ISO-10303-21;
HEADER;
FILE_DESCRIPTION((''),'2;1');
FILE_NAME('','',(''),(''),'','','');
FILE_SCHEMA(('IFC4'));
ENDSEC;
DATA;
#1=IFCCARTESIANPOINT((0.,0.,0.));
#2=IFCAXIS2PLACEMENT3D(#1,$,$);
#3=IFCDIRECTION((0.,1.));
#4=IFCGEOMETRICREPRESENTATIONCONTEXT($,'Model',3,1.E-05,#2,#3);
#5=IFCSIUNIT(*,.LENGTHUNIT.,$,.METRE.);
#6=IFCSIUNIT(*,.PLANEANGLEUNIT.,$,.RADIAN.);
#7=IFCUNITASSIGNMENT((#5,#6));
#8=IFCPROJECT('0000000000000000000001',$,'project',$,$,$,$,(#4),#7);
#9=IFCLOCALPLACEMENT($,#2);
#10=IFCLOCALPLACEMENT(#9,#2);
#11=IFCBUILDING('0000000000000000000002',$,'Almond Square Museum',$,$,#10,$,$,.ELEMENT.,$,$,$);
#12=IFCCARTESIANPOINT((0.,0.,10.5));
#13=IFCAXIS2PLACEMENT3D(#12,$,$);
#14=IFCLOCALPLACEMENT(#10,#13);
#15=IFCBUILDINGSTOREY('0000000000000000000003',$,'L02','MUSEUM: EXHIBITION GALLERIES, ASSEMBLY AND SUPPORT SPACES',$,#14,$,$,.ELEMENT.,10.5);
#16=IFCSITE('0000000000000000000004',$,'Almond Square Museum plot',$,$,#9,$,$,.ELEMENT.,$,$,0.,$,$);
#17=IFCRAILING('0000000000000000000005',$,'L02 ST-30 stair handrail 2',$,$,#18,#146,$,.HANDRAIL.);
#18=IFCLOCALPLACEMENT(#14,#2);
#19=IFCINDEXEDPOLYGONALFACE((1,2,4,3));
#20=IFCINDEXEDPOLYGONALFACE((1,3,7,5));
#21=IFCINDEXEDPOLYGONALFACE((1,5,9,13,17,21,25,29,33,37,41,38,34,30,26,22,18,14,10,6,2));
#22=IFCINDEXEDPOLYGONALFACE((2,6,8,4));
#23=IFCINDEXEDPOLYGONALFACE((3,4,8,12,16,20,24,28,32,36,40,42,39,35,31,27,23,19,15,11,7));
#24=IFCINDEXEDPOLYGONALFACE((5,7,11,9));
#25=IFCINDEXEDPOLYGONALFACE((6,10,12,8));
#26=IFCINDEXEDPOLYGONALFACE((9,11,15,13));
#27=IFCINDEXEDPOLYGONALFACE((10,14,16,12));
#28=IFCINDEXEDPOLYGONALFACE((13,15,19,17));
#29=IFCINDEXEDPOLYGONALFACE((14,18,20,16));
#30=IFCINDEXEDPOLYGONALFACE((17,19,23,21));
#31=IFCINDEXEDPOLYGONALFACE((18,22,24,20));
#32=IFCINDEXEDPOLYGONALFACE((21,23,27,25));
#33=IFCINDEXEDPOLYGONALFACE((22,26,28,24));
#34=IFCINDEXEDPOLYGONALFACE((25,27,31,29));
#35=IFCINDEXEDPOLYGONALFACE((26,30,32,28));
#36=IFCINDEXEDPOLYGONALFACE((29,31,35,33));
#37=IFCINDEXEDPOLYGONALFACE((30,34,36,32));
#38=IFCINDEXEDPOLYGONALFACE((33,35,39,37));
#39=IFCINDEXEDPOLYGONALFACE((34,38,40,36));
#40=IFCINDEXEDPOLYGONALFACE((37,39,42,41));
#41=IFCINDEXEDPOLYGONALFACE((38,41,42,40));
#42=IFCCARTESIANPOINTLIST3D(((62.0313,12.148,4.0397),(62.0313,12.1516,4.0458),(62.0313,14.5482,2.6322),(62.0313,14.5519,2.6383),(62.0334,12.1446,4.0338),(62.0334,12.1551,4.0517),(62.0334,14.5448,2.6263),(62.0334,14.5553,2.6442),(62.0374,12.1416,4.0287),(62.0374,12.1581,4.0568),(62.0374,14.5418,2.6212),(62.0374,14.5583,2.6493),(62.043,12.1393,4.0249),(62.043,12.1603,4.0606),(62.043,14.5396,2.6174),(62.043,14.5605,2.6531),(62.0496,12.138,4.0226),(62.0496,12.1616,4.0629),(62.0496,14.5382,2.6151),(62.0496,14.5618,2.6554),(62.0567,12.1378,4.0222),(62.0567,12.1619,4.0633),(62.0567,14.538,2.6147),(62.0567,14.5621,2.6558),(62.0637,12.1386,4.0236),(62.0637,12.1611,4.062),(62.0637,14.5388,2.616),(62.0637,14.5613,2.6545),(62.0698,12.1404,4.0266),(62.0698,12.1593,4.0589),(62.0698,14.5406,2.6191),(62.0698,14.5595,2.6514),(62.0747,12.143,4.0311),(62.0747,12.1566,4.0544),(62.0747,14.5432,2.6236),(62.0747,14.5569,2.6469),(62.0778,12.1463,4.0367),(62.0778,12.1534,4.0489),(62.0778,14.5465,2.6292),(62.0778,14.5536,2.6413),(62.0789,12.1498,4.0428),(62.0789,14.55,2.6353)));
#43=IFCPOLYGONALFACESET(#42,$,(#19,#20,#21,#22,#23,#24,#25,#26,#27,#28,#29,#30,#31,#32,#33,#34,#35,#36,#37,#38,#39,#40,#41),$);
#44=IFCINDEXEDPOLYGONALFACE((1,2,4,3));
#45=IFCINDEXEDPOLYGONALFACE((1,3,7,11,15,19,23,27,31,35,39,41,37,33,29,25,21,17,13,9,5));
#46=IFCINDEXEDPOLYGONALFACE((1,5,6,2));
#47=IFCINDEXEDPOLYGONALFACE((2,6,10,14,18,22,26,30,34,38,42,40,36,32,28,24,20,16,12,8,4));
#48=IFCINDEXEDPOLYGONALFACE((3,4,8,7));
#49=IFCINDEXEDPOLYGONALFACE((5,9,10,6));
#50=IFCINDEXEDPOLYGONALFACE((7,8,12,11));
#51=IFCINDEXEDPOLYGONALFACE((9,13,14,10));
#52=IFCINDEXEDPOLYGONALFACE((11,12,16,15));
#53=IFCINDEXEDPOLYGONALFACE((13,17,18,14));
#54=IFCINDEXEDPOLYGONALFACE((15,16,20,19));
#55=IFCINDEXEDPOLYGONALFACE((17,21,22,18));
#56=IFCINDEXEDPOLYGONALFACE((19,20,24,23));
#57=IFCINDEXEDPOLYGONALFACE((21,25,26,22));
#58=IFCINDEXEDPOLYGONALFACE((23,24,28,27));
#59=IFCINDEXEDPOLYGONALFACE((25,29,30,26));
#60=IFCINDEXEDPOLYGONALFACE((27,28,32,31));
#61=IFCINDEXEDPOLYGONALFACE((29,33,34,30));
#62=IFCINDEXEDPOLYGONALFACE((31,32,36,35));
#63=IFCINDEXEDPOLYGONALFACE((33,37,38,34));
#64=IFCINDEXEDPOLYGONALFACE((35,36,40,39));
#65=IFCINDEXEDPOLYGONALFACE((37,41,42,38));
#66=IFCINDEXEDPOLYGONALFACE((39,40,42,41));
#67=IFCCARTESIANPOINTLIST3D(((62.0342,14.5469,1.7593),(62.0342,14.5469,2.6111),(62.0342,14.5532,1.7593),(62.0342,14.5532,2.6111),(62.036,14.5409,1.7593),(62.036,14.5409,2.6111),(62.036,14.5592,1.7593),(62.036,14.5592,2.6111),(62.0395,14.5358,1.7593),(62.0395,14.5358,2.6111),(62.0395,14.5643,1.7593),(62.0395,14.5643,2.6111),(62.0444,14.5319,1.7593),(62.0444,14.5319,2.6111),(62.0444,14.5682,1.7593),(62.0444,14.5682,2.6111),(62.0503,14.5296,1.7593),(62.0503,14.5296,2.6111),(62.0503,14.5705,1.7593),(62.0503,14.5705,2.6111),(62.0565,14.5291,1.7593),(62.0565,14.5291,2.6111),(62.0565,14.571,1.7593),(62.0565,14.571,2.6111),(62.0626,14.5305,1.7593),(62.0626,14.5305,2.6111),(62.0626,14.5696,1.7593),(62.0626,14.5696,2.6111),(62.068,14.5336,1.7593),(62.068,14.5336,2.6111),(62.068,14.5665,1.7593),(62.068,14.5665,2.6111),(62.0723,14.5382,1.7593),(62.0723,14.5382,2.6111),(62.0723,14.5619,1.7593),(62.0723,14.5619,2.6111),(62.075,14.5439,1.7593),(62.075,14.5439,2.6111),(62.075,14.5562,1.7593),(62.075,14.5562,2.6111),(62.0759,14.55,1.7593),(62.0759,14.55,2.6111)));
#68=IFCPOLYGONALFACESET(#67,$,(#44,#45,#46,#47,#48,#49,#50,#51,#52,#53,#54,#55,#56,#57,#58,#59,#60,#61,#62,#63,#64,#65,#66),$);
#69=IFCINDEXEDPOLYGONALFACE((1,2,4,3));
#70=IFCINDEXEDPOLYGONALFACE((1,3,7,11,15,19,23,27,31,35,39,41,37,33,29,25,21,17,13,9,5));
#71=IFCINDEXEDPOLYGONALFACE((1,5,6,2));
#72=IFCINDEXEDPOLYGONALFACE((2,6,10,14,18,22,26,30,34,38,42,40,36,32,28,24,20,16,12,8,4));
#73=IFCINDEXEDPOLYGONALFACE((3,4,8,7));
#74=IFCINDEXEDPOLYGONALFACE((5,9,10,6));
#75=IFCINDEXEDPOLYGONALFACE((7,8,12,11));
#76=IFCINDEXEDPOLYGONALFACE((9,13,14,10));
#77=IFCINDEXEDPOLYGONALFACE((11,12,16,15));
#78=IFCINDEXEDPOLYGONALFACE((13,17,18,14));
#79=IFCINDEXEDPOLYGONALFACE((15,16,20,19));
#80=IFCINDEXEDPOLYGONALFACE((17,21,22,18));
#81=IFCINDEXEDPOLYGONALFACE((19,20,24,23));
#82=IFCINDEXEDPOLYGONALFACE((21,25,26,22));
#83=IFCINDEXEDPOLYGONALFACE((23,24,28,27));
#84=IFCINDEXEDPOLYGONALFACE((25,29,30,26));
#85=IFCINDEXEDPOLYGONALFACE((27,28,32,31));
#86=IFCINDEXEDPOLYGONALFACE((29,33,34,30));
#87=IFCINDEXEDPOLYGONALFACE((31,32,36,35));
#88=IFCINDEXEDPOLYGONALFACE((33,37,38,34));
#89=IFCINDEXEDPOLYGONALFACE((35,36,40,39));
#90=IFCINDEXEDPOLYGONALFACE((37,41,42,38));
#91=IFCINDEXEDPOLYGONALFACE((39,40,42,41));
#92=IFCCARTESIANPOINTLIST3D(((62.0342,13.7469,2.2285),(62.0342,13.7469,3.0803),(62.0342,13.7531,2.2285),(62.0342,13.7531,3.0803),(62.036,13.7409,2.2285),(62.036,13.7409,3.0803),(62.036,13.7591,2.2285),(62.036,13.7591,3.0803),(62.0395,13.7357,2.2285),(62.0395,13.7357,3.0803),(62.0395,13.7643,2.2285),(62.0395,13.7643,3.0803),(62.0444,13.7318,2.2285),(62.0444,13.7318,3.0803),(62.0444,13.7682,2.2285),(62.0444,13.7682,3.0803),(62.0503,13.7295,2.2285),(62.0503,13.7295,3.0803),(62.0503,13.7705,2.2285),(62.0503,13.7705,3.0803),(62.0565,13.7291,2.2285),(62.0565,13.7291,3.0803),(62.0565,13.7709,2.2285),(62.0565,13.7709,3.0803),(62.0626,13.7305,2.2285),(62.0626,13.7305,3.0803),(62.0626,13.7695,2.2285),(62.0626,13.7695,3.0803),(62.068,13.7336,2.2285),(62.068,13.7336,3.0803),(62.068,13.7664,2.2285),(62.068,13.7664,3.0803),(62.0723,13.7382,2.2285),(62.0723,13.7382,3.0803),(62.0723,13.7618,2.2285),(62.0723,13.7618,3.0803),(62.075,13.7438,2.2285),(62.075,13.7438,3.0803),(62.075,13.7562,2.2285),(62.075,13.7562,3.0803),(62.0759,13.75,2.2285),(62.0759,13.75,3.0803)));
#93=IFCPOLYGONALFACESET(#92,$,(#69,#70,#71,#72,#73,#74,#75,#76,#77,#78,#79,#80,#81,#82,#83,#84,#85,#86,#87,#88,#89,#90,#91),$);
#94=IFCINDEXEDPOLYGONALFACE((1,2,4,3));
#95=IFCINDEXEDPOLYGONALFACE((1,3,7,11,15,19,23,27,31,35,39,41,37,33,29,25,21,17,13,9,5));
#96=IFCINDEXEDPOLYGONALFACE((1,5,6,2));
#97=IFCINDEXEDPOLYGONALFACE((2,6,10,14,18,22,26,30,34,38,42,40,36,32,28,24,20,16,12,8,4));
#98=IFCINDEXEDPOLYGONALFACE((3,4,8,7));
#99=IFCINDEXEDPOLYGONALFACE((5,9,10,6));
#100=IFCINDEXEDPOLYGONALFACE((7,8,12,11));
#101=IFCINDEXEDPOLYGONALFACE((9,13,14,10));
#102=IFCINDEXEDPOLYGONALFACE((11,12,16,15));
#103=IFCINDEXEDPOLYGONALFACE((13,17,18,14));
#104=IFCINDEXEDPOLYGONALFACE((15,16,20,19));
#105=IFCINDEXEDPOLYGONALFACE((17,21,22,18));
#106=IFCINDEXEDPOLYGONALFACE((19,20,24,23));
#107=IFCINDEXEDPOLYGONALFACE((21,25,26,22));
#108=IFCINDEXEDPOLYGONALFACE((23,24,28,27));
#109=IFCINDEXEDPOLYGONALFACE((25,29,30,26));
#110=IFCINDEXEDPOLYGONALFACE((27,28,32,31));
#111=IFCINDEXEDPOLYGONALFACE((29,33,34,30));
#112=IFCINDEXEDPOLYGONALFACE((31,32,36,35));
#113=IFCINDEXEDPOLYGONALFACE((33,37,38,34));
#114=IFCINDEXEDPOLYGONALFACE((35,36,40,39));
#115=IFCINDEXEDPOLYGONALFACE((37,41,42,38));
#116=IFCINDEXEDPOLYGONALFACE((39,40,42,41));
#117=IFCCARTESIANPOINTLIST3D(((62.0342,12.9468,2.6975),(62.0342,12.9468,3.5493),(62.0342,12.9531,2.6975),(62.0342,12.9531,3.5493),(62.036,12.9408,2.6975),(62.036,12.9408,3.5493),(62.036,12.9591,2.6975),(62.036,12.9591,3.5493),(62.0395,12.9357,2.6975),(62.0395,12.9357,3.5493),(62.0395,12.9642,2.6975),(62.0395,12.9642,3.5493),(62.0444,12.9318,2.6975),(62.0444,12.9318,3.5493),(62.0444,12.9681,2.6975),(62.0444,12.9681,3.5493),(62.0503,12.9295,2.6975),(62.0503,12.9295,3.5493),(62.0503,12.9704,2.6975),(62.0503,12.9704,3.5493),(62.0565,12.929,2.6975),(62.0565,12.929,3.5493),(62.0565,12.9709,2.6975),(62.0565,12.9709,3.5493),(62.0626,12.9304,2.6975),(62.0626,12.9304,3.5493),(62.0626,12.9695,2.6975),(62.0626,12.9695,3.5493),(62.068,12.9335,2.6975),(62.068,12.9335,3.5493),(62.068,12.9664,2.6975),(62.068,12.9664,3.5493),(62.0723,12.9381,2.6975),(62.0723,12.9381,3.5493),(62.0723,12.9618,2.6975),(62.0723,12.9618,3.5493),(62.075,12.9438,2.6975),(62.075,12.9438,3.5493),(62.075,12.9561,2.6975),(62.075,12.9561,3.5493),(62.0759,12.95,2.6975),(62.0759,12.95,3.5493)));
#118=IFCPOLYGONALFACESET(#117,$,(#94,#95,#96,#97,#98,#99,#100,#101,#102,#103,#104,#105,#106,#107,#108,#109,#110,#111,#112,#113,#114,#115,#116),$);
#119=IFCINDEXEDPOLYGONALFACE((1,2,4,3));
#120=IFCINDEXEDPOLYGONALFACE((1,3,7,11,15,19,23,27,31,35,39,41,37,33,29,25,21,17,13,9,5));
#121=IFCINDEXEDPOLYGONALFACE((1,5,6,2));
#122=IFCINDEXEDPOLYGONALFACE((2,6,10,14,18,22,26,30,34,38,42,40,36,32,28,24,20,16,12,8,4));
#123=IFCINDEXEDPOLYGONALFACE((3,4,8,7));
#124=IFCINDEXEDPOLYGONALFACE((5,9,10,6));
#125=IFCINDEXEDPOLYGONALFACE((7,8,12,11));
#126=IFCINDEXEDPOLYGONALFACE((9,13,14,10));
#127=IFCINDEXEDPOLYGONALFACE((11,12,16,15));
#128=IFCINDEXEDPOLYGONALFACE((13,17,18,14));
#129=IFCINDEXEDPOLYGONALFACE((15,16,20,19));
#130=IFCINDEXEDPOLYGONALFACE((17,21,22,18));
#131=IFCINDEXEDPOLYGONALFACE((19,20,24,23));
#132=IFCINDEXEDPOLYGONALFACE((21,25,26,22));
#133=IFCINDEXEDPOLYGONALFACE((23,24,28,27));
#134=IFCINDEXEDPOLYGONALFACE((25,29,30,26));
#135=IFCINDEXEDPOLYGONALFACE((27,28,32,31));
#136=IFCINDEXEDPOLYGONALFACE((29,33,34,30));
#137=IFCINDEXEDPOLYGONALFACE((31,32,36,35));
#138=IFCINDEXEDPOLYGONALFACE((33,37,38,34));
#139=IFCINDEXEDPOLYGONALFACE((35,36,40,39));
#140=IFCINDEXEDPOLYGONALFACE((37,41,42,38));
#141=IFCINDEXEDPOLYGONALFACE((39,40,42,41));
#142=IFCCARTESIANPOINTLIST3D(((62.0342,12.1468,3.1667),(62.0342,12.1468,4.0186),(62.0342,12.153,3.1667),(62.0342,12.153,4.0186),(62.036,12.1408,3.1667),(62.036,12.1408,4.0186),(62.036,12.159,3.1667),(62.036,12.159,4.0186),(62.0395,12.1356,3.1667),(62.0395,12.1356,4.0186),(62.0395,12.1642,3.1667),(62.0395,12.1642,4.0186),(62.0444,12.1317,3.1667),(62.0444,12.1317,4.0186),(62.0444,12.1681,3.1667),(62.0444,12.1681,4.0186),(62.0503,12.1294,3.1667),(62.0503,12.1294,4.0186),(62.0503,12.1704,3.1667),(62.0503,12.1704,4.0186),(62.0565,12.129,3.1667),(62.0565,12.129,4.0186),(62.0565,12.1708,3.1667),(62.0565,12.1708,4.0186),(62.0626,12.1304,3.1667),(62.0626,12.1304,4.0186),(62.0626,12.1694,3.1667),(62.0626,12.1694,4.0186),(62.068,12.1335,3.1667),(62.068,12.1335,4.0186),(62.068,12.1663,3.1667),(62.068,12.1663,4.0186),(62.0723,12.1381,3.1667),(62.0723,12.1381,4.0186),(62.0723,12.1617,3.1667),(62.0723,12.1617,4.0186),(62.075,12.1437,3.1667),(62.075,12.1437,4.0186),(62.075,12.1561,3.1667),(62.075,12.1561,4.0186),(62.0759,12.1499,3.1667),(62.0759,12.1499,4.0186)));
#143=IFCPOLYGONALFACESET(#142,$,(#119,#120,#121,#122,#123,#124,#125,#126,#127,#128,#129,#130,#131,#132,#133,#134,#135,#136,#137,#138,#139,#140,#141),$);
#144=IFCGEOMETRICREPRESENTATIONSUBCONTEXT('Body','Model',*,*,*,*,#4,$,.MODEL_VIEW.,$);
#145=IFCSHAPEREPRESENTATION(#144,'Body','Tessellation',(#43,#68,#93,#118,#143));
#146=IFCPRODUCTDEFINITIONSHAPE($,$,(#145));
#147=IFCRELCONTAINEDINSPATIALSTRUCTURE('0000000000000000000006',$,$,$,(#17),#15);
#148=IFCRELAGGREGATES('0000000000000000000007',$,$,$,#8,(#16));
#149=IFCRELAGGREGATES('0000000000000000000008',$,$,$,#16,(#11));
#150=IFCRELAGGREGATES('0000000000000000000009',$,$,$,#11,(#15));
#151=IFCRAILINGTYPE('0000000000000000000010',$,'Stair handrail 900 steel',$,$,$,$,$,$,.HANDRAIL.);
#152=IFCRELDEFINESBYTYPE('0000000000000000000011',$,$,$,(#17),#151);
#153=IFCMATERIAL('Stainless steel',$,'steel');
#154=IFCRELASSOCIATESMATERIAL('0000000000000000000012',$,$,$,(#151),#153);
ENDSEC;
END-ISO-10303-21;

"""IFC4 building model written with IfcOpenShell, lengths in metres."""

from ifc_helpers import new_model, si_unit, direction, frame, origin, origin_2d, place, context, subcontext, project, spatial, circle, extrude, material, type_object, element, save


model = new_model("IFC4")

# Units and contexts
model_context = context("Model", 3, precision=1e-05, world=origin(), true_north=direction((0.0, 1.0)))
body_context = subcontext(model_context, "Body", "Model", "MODEL_VIEW")
ifc_project = project(units=[si_unit("LENGTHUNIT", "METRE"), si_unit("PLANEANGLEUNIT", "RADIAN")], contexts=[model_context])

# Site, building, storey
site_placement = place(None, origin())
site = spatial("IfcSite", under=ifc_project, at=site_placement, Name="Almond Square Museum plot", CompositionType="ELEMENT", RefElevation=0.0)
building_placement = place(site_placement, origin())
building = spatial("IfcBuilding", under=site, at=building_placement, Name="Almond Square Museum", CompositionType="ELEMENT")
storey_placement = place(building_placement, frame((0.0, 0.0, 10.5)))
storey = spatial("IfcBuildingStorey", under=building, at=storey_placement, Name="L02", Description="MUSEUM: EXHIBITION GALLERIES, ASSEMBLY AND SUPPORT SPACES", CompositionType="ELEMENT", Elevation=10.5)

# Railing
ifc_material_1 = material(Name="Stainless steel", Category="steel")
railing_type_1 = type_object("IfcRailingType", Name="Stair handrail 900 steel", PredefinedType="HANDRAIL", material=ifc_material_1)
railing_1_placement = place(storey_placement, frame((62.0549, 14.55, 1.7593)))
element("IfcRailing", 1, at=railing_1_placement, inside=storey, type_object=railing_type_1, Name="L02 ST-30 stair handrail 2", PredefinedType="HANDRAIL", context=body_context, shape_type="SweptSolid", body=[
    extrude(circle(Radius=0.0239, at=origin_2d()), frame((0.0, 0.0, 0.876), z_axis=(0.0, -0.862621, 0.50585), x_axis=(1.0, 0.0, 0.0)), (0.0, 0.0, 1.0), 2.7825),
    extrude(circle(Radius=0.021, at=origin_2d()), origin(), (0.0, 0.0, 1.0), 0.8518),
    extrude(circle(Radius=0.021, at=origin_2d()), frame((0.0, -0.8, 0.4692)), (0.0, 0.0, 1.0), 0.8518),
    extrude(circle(Radius=0.021, at=origin_2d()), frame((0.0, -1.6001, 0.9382)), (0.0, 0.0, 1.0), 0.8518),
    extrude(circle(Radius=0.021, at=origin_2d()), frame((0.0, -2.4001, 1.4075)), (0.0, 0.0, 1.0), 0.8518),
])

save(model, "model.ifc")
